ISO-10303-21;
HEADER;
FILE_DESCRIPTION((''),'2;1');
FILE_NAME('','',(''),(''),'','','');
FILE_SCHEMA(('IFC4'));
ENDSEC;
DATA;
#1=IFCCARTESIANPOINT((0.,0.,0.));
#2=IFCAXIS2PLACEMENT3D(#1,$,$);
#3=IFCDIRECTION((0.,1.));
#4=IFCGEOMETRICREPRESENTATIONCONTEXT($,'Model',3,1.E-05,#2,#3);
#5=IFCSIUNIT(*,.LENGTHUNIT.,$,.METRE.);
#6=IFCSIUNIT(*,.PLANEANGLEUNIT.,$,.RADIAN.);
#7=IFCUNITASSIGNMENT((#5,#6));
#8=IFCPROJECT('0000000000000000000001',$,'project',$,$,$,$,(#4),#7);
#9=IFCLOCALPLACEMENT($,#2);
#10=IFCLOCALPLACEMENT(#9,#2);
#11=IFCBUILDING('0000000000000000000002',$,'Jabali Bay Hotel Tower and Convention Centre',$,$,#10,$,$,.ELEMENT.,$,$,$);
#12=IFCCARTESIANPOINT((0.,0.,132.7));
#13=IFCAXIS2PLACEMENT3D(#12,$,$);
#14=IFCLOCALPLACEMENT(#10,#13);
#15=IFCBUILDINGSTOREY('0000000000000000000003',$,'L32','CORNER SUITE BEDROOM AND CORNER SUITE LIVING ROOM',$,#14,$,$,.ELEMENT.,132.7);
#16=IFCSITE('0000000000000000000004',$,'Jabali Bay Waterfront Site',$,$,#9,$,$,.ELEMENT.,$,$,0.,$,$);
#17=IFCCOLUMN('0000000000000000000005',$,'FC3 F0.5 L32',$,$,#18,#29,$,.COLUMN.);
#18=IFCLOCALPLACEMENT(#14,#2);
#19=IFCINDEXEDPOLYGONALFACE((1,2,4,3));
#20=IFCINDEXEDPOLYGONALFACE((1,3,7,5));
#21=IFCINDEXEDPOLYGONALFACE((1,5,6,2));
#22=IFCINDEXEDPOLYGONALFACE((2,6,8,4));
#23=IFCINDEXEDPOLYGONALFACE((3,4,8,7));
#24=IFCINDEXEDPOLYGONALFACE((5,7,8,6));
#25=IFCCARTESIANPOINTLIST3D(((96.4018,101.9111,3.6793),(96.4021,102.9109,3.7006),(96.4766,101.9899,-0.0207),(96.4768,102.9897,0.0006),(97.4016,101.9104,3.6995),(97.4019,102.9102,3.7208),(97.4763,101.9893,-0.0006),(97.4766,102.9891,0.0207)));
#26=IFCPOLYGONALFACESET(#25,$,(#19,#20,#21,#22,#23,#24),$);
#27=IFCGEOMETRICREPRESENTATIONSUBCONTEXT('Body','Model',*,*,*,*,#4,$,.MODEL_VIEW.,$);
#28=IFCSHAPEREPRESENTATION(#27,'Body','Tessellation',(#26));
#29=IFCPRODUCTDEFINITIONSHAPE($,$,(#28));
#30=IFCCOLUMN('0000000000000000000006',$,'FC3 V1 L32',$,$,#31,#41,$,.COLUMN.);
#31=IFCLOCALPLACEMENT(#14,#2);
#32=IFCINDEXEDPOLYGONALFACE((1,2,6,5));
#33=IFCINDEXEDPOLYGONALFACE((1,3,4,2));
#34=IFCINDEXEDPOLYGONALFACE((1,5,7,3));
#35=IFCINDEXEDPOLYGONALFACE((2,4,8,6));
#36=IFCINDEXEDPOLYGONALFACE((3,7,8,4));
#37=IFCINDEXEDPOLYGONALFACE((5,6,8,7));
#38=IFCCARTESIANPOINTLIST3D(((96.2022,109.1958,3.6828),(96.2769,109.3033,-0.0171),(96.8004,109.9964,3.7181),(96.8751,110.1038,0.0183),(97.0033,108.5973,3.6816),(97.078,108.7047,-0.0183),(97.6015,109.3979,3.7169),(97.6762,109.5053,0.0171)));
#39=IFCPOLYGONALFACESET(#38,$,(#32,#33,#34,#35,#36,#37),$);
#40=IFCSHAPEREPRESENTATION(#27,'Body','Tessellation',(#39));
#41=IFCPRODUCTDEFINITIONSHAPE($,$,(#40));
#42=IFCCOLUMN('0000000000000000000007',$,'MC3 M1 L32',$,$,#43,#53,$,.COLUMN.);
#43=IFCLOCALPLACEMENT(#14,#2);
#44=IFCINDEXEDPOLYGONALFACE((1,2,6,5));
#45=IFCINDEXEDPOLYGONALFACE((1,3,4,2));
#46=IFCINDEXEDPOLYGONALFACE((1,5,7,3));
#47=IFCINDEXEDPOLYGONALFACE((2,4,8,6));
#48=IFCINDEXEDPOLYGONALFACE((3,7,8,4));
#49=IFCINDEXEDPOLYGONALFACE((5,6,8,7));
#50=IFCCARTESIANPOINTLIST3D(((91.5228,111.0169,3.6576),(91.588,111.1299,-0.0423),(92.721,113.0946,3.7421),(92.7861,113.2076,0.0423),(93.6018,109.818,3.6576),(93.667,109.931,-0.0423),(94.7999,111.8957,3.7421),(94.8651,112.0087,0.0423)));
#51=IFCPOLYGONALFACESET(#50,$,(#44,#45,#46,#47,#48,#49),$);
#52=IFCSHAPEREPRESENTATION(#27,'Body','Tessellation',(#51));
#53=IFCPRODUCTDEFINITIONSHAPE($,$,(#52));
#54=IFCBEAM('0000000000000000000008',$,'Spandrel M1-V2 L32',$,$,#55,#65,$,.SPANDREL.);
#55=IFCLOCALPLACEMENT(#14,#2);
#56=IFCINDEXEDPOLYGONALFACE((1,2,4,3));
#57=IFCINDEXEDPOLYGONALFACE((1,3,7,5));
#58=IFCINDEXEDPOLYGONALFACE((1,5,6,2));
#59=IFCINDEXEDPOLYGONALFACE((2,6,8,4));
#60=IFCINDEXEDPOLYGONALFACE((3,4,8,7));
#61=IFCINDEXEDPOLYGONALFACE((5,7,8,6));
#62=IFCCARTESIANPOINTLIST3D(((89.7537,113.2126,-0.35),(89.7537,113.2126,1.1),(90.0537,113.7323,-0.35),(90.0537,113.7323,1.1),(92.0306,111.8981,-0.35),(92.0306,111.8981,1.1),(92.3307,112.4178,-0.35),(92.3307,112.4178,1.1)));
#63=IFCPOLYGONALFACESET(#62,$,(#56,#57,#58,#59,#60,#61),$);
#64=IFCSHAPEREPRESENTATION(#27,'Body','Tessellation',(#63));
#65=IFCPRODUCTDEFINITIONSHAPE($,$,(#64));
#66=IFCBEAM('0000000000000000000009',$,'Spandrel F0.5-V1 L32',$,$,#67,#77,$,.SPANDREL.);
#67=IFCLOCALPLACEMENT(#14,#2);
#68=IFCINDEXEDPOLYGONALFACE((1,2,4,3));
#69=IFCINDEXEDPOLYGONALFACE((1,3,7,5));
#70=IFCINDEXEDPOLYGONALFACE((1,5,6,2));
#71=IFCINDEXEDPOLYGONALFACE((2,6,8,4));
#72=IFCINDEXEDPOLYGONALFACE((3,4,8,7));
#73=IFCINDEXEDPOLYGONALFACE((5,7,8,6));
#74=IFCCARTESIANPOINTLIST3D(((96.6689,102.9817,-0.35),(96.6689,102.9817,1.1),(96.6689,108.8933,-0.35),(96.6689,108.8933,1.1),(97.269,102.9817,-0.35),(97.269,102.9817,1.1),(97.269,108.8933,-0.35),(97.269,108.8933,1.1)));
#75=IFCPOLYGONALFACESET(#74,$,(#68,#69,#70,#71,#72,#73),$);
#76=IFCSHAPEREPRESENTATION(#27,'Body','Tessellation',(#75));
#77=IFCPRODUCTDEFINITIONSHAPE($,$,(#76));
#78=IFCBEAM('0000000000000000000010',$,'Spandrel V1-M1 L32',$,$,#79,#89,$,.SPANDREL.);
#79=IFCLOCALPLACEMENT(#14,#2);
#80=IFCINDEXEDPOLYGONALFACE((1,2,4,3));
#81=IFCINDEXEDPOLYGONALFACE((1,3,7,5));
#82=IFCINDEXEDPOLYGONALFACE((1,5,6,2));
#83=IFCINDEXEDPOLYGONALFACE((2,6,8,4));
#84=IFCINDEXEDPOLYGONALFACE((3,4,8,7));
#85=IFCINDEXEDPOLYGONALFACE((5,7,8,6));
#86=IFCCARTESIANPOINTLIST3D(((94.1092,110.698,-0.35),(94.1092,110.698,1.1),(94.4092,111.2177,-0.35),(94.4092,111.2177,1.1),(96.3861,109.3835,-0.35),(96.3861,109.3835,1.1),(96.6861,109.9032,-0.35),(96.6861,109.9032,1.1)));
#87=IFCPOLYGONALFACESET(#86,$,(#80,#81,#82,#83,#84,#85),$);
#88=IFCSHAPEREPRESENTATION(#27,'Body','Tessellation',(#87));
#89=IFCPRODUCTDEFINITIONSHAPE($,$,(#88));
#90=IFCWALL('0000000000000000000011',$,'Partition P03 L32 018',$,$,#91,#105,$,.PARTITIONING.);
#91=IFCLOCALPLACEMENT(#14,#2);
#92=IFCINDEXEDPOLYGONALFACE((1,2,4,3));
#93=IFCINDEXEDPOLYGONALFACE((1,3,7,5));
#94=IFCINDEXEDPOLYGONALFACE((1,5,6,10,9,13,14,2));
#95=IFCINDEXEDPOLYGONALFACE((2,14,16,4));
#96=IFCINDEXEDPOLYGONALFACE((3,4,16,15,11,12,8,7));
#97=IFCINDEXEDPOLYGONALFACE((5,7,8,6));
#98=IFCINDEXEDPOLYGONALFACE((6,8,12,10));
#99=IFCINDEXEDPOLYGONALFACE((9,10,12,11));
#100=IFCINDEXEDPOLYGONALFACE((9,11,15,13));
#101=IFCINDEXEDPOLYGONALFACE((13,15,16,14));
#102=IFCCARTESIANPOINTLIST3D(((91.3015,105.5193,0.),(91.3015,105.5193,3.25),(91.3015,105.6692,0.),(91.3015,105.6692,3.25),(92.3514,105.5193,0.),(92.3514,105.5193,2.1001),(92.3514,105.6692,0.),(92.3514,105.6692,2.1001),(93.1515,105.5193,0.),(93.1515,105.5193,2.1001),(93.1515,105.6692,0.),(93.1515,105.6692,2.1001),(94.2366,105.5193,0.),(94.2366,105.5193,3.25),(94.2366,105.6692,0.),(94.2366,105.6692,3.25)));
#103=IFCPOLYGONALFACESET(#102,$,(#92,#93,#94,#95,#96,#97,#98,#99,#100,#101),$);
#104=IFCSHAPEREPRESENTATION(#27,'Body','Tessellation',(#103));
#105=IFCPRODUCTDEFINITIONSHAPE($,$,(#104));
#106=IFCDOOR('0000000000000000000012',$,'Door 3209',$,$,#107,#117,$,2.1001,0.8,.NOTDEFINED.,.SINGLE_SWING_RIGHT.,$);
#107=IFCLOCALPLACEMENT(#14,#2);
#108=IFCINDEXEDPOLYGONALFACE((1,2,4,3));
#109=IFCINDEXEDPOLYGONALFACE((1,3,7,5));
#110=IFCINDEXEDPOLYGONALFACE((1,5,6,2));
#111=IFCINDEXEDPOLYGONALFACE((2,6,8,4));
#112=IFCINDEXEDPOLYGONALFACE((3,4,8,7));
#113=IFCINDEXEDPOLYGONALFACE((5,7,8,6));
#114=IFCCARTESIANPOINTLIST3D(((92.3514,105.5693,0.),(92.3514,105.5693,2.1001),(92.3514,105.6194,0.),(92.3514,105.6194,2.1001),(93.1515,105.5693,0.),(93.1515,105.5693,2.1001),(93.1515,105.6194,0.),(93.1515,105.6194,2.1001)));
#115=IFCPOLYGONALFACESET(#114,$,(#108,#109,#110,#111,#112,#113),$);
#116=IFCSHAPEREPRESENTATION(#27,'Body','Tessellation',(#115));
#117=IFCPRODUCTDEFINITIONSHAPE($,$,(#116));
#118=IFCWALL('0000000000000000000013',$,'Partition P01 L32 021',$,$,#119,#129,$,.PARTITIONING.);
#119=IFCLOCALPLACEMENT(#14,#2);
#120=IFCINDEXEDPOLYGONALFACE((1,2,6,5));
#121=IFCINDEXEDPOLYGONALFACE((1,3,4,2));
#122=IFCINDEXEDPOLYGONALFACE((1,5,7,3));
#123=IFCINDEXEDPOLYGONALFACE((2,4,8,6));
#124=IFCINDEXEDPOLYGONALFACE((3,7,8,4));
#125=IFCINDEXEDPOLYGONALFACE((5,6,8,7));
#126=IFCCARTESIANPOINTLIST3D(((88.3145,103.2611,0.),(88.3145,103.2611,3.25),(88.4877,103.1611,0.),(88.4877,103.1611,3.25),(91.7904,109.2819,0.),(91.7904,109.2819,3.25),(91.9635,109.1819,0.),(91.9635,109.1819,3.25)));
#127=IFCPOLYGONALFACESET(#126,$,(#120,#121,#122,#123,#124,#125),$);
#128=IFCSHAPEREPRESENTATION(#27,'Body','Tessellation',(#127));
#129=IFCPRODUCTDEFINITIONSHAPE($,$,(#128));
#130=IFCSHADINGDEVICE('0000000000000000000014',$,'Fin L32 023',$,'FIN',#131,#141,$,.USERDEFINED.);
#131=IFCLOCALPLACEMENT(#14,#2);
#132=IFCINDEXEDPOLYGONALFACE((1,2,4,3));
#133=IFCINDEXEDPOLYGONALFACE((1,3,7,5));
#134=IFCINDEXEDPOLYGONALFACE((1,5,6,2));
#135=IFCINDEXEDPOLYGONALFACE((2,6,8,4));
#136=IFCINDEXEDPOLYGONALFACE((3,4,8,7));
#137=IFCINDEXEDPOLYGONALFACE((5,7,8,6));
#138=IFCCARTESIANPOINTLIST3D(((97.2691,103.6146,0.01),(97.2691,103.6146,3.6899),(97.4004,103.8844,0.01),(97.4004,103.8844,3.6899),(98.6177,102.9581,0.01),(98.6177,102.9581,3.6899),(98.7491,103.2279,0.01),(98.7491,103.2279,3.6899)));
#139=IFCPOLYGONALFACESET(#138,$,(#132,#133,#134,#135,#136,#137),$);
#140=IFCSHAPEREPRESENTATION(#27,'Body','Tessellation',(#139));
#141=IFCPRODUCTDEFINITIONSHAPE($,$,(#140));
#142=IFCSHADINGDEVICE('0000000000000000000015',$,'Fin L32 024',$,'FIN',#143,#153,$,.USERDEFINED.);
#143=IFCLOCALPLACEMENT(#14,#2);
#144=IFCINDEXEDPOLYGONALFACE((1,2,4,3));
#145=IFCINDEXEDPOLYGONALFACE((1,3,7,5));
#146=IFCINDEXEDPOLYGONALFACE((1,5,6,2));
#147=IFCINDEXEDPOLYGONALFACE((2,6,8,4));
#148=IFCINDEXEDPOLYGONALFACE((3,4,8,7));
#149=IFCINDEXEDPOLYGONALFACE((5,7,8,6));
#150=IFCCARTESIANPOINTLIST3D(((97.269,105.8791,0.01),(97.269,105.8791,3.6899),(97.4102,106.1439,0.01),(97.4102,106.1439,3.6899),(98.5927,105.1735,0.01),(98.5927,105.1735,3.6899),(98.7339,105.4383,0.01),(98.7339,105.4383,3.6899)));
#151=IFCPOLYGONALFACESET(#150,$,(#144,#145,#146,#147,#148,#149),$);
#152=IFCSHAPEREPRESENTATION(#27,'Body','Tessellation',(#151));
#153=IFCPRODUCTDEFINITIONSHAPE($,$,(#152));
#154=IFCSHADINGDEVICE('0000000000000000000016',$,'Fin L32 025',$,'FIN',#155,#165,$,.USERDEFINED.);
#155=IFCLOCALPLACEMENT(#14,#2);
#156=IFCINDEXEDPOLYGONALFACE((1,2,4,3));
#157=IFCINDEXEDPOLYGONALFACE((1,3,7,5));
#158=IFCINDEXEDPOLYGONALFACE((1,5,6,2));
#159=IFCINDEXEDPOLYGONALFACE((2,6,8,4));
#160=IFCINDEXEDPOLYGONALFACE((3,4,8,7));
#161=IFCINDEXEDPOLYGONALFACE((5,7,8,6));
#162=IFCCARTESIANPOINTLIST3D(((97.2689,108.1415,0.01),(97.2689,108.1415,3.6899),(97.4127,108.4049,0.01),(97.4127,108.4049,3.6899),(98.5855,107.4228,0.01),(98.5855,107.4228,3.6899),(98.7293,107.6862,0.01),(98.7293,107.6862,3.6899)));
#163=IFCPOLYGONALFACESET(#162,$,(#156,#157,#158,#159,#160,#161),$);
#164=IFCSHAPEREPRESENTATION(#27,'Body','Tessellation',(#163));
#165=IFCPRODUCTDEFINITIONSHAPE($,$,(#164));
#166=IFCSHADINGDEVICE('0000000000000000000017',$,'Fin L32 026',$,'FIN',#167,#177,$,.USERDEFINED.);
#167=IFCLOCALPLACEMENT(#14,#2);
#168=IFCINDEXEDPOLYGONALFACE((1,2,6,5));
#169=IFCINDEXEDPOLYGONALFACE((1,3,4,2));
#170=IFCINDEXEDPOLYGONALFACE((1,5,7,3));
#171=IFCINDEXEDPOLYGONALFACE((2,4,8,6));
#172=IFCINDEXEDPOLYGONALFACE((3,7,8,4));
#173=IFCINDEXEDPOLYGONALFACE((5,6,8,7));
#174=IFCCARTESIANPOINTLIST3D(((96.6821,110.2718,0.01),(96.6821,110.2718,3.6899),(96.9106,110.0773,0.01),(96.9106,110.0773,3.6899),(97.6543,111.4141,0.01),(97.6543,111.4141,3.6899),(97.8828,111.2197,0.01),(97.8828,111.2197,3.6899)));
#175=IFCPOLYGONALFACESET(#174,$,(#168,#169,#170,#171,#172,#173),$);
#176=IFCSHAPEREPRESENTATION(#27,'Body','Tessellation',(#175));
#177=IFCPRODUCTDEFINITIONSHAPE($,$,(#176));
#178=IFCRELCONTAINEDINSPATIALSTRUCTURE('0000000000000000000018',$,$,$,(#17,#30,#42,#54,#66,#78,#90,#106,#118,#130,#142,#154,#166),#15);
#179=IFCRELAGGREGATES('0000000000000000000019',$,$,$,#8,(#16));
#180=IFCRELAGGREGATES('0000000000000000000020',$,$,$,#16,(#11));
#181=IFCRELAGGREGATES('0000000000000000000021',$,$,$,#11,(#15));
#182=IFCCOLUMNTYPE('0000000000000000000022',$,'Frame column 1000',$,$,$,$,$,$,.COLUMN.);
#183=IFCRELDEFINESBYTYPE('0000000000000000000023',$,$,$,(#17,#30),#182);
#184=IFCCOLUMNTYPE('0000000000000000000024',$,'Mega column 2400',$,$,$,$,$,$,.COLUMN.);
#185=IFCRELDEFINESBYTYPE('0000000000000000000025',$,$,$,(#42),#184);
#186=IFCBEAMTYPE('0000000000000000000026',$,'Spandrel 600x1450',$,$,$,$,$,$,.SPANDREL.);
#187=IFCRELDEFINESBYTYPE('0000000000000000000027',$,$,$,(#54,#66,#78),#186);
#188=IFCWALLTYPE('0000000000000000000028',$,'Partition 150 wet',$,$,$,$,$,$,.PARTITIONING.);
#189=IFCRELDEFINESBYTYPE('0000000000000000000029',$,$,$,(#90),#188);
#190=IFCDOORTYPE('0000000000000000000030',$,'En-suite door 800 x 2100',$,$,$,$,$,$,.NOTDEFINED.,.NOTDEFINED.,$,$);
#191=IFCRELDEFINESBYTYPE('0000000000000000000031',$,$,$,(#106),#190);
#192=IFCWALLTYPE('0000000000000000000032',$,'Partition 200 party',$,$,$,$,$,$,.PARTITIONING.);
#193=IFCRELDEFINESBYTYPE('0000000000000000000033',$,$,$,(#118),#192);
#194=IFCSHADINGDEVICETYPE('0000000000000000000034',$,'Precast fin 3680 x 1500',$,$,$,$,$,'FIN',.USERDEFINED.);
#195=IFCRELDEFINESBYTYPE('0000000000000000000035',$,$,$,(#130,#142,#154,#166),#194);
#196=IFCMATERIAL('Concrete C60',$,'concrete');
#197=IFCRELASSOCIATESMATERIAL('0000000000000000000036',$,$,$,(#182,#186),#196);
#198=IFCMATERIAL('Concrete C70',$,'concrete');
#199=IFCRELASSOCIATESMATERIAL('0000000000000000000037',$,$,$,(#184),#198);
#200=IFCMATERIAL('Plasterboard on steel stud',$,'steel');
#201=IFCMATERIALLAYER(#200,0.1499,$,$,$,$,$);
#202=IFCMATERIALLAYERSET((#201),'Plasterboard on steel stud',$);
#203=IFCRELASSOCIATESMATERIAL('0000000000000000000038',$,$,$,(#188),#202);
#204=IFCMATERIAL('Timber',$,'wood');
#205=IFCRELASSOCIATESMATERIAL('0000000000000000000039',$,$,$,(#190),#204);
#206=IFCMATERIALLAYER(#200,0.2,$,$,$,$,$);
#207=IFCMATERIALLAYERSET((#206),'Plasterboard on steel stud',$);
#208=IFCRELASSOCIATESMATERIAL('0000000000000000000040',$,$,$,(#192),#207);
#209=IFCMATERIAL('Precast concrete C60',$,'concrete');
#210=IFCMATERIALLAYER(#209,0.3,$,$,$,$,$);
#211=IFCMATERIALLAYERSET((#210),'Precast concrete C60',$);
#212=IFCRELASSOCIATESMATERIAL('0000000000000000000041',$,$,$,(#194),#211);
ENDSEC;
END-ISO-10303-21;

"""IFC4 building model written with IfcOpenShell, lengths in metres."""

from ifc_helpers import new_model, si_unit, direction, frame, frame_2d, origin, origin_2d, place, context, subcontext, project, spatial, rectangle, extrude, material, layer, layer_set, material_profile, profile_set, type_object, element, fill, save


model = new_model("IFC4")

# Units and contexts
model_context = context("Model", 3, precision=1e-05, world=origin(), true_north=direction((0.0, 1.0)))
body_context = subcontext(model_context, "Body", "Model", "MODEL_VIEW")
ifc_project = project(units=[si_unit("LENGTHUNIT", "METRE"), si_unit("PLANEANGLEUNIT", "RADIAN")], contexts=[model_context])

# Site, building, storey
site_placement = place(None, origin())
site = spatial("IfcSite", under=ifc_project, at=site_placement, Name="Jabali Bay Waterfront Site", CompositionType="ELEMENT", RefElevation=0.0)
building_placement = place(site_placement, origin())
building = spatial("IfcBuilding", under=site, at=building_placement, Name="Jabali Bay Hotel Tower and Convention Centre", CompositionType="ELEMENT")
storey_placement = place(building_placement, frame((0.0, 0.0, 132.7)))
storey = spatial("IfcBuildingStorey", under=building, at=storey_placement, Name="L32", Description="CORNER SUITE BEDROOM AND CORNER SUITE LIVING ROOM", CompositionType="ELEMENT", Elevation=132.7)

# Columns
ifc_material_1 = material(Name="Concrete C60", Category="concrete")
ifc_material_profile_1 = material_profile(ifc_material_1, rectangle(XDim=1.0, YDim=1.0, at=origin_2d()), Name="Frame column 1000")
ifc_profile_set_1 = profile_set([ifc_material_profile_1], Name="Concrete C60")
column_type_1 = type_object("IfcColumnType", Name="Frame column 1000", PredefinedType="COLUMN", material=ifc_profile_set_1)
column_1_placement = place(storey_placement, frame((96.9766, 102.4895, 0.0), z_axis=(-0.020183, -0.021304, 0.999569), x_axis=(0.999796, -0.000652, 0.020173)))
element("IfcColumn", 1, at=column_1_placement, inside=storey, type_object=column_type_1, Name="FC3 F0.5 L32", PredefinedType="COLUMN", context=body_context, shape_type="SweptSolid", body=[
    extrude(rectangle(XDim=1.0, YDim=1.0, at=origin_2d()), origin(), (0.0, 0.0, 1.0), 3.7017),
])
column_2_placement = place(storey_placement, frame((96.9766, 109.4043, 0.0), z_axis=(-0.020179, -0.029015, 0.999375), x_axis=(0.598176, 0.800586, 0.035322)))
element("IfcColumn", 2, at=column_2_placement, inside=storey, type_object=column_type_1, Name="FC3 V1 L32", PredefinedType="COLUMN", context=body_context, shape_type="SweptSolid", body=[
    extrude(rectangle(XDim=1.0, YDim=1.0, at=origin_2d()), origin(), (0.0, 0.0, 1.0), 3.7021),
])
ifc_material_2 = material(Name="Concrete C70", Category="concrete")
ifc_material_profile_2 = material_profile(ifc_material_2, rectangle(XDim=2.3999, YDim=2.3999, at=origin_2d()), Name="Mega column 2400")
ifc_profile_set_2 = profile_set([ifc_material_profile_2], Name="Concrete C70")
column_type_2 = type_object("IfcColumnType", Name="Mega column 2400", PredefinedType="COLUMN", material=ifc_profile_set_2)
column_3_placement = place(storey_placement, frame((93.2266, 111.5693, 0.0), z_axis=(-0.017607, -0.030532, 0.999379), x_axis=(0.866279, -0.49956, 0.0)))
element("IfcColumn", 3, at=column_3_placement, inside=storey, type_object=column_type_2, Name="MC3 M1 L32", PredefinedType="COLUMN", context=body_context, shape_type="SweptSolid", body=[
    extrude(rectangle(XDim=2.3999, YDim=2.3999, at=origin_2d()), origin(), (0.0, 0.0, 1.0), 3.7021),
])

# Beams
ifc_material_profile_3 = material_profile(ifc_material_1, rectangle(XDim=0.6001, YDim=1.45, at=origin_2d()), Name="Spandrel 600x1450")
ifc_profile_set_3 = profile_set([ifc_material_profile_3], Name="Concrete C60")
beam_type = type_object("IfcBeamType", Name="Spandrel 600x1450", PredefinedType="SPANDREL", material=ifc_profile_set_3)
beam_1_placement = place(storey_placement, frame((92.1807, 112.158, 0.375), z_axis=(-0.86604, 0.499974, 0.0), x_axis=(-0.499974, -0.86604, 0.0)))
element("IfcBeam", 4, at=beam_1_placement, inside=storey, type_object=beam_type, Name="Spandrel M1-V2 L32", PredefinedType="SPANDREL", context=body_context, shape_type="SweptSolid", body=[
    extrude(rectangle(XDim=0.6001, YDim=1.45, at=origin_2d()), origin(), (0.0, 0.0, 1.0), 2.6292),
])
beam_2_placement = place(storey_placement, frame((96.969, 102.9817, 0.375), z_axis=(0.0, 1.0, 0.0), x_axis=(-1.0, 0.0, 0.0)))
element("IfcBeam", 5, at=beam_2_placement, inside=storey, type_object=beam_type, Name="Spandrel F0.5-V1 L32", PredefinedType="SPANDREL", context=body_context, shape_type="SweptSolid", body=[
    extrude(rectangle(XDim=0.6001, YDim=1.45, at=origin_2d()), origin(), (0.0, 0.0, 1.0), 5.9116),
])
beam_3_placement = place(storey_placement, frame((96.5361, 109.6433, 0.375), z_axis=(-0.86604, 0.499974, 0.0), x_axis=(-0.499974, -0.86604, 0.0)))
element("IfcBeam", 6, at=beam_3_placement, inside=storey, type_object=beam_type, Name="Spandrel V1-M1 L32", PredefinedType="SPANDREL", context=body_context, shape_type="SweptSolid", body=[
    extrude(rectangle(XDim=0.6001, YDim=1.45, at=origin_2d()), origin(), (0.0, 0.0, 1.0), 2.6292),
])

# Wall, opening, door
ifc_material_3 = material(Name="Plasterboard on steel stud", Category="steel")
ifc_layer_1 = layer(ifc_material_3, 0.1499)
ifc_layer_set_1 = layer_set([ifc_layer_1], Name="Plasterboard on steel stud")
wall_type_1 = type_object("IfcWallType", Name="Partition 150 wet", PredefinedType="PARTITIONING", material=ifc_layer_set_1)
wall_1_placement = place(storey_placement, frame((94.2366, 105.5942, 0.0), z_axis=(0.0, 0.0, 1.0), x_axis=(-1.0, 0.0, 0.0)))
wall_1 = element("IfcWall", 7, at=wall_1_placement, inside=storey, type_object=wall_type_1, Name="Partition P03 L32 018", PredefinedType="PARTITIONING", context=body_context, shape_type="SweptSolid", body=[
    extrude(rectangle(XDim=2.9351, YDim=0.1499, at=frame_2d((1.4675, 0.0))), origin(), (0.0, 0.0, 1.0), 3.25),
])
opening_1_placement = place(wall_1_placement, frame((1.0852, 0.0, 0.0)))
opening_1 = element("IfcOpeningElement", 8, at=opening_1_placement, cuts=wall_1, PredefinedType="OPENING", context=body_context, shape_type="SweptSolid", body=[
    extrude(rectangle(XDim=0.8, YDim=2.1001, at=frame_2d((0.3999, 1.05))), frame((0.0, 0.0854, 0.0), z_axis=(0.0, -1.0, 0.0), x_axis=(1.0, 0.0, 0.0)), (0.0, 0.0, 1.0), 0.1709),
])
ifc_material_4 = material(Name="Timber", Category="wood")
door_type_1 = type_object("IfcDoorType", Name="En-suite door 800 x 2100", OperationType="NOTDEFINED", PredefinedType="NOTDEFINED", material=ifc_material_4)
door_1_placement = place(opening_1_placement, origin())
door_1 = element("IfcDoor", 9, at=door_1_placement, inside=storey, type_object=door_type_1, Name="Door 3209", OperationType="SINGLE_SWING_RIGHT", OverallHeight=2.1001, OverallWidth=0.8, PredefinedType="NOTDEFINED", context=body_context, shape_type="SweptSolid", body=[
    extrude(rectangle(XDim=0.8, YDim=2.1001, at=frame_2d((0.3999, 1.05))), frame((0.0, 0.0249, 0.0), z_axis=(0.0, -1.0, 0.0), x_axis=(1.0, 0.0, 0.0)), (0.0, 0.0, 1.0), 0.05),
])
fill(opening_1, door_1)

# Wall
ifc_layer_2 = layer(ifc_material_3, 0.2)
ifc_layer_set_2 = layer_set([ifc_layer_2], Name="Plasterboard on steel stud")
wall_type_2 = type_object("IfcWallType", Name="Partition 200 party", PredefinedType="PARTITIONING", material=ifc_layer_set_2)
wall_2_placement = place(storey_placement, frame((91.877, 109.2319, 0.0), z_axis=(0.0, 0.0, 1.0), x_axis=(-0.499973, -0.866041, 0.0)))
element("IfcWall", 10, at=wall_2_placement, inside=storey, type_object=wall_type_2, Name="Partition P01 L32 021", PredefinedType="PARTITIONING", context=body_context, shape_type="SweptSolid", body=[
    extrude(rectangle(XDim=6.9521, YDim=0.2, at=frame_2d((3.4761, 0.0))), origin(), (0.0, 0.0, 1.0), 3.25),
])

# Shading devices
ifc_material_5 = material(Name="Precast concrete C60", Category="concrete")
ifc_layer_3 = layer(ifc_material_5, 0.3)
ifc_layer_set_3 = layer_set([ifc_layer_3], Name="Precast concrete C60")
shading_device_type = type_object("IfcShadingDeviceType", Name="Precast fin 3680 x 1500", ElementType="FIN", PredefinedType="USERDEFINED", material=ifc_layer_set_3)
for number, where, z_axis, x_axis, name in (
    (11, (97.3347, 103.7495, 0.01), (0.0, 0.0, 1.0), (0.899129, -0.437683, 0.0), "Fin L32 023"),
    (12, (97.3396, 106.0115, 0.01), (0.0, 0.0, 1.0), (0.88247, -0.470369, 0.0), "Fin L32 024"),
    (13, (97.3408, 108.2732, 0.01), (0.0, 0.0, 1.0), (0.877734, -0.479149, 0.0), "Fin L32 025"),
    (14, (96.7964, 110.1746, 0.01), (0.0, 0.0, 1.0), (0.648107, 0.76155, 0.0), "Fin L32 026"),
):
    element("IfcShadingDevice", number, at=place(storey_placement, frame(where, z_axis=z_axis, x_axis=x_axis)), inside=storey, type_object=shading_device_type, Name=name, ObjectType="FIN", PredefinedType="USERDEFINED", context=body_context, shape_type="SweptSolid", body=[
        extrude(rectangle(XDim=1.5, YDim=0.3, at=frame_2d((0.75, 0.0))), origin(), (0.0, 0.0, 1.0), 3.6799),
    ])

save(model, "model.ifc")
